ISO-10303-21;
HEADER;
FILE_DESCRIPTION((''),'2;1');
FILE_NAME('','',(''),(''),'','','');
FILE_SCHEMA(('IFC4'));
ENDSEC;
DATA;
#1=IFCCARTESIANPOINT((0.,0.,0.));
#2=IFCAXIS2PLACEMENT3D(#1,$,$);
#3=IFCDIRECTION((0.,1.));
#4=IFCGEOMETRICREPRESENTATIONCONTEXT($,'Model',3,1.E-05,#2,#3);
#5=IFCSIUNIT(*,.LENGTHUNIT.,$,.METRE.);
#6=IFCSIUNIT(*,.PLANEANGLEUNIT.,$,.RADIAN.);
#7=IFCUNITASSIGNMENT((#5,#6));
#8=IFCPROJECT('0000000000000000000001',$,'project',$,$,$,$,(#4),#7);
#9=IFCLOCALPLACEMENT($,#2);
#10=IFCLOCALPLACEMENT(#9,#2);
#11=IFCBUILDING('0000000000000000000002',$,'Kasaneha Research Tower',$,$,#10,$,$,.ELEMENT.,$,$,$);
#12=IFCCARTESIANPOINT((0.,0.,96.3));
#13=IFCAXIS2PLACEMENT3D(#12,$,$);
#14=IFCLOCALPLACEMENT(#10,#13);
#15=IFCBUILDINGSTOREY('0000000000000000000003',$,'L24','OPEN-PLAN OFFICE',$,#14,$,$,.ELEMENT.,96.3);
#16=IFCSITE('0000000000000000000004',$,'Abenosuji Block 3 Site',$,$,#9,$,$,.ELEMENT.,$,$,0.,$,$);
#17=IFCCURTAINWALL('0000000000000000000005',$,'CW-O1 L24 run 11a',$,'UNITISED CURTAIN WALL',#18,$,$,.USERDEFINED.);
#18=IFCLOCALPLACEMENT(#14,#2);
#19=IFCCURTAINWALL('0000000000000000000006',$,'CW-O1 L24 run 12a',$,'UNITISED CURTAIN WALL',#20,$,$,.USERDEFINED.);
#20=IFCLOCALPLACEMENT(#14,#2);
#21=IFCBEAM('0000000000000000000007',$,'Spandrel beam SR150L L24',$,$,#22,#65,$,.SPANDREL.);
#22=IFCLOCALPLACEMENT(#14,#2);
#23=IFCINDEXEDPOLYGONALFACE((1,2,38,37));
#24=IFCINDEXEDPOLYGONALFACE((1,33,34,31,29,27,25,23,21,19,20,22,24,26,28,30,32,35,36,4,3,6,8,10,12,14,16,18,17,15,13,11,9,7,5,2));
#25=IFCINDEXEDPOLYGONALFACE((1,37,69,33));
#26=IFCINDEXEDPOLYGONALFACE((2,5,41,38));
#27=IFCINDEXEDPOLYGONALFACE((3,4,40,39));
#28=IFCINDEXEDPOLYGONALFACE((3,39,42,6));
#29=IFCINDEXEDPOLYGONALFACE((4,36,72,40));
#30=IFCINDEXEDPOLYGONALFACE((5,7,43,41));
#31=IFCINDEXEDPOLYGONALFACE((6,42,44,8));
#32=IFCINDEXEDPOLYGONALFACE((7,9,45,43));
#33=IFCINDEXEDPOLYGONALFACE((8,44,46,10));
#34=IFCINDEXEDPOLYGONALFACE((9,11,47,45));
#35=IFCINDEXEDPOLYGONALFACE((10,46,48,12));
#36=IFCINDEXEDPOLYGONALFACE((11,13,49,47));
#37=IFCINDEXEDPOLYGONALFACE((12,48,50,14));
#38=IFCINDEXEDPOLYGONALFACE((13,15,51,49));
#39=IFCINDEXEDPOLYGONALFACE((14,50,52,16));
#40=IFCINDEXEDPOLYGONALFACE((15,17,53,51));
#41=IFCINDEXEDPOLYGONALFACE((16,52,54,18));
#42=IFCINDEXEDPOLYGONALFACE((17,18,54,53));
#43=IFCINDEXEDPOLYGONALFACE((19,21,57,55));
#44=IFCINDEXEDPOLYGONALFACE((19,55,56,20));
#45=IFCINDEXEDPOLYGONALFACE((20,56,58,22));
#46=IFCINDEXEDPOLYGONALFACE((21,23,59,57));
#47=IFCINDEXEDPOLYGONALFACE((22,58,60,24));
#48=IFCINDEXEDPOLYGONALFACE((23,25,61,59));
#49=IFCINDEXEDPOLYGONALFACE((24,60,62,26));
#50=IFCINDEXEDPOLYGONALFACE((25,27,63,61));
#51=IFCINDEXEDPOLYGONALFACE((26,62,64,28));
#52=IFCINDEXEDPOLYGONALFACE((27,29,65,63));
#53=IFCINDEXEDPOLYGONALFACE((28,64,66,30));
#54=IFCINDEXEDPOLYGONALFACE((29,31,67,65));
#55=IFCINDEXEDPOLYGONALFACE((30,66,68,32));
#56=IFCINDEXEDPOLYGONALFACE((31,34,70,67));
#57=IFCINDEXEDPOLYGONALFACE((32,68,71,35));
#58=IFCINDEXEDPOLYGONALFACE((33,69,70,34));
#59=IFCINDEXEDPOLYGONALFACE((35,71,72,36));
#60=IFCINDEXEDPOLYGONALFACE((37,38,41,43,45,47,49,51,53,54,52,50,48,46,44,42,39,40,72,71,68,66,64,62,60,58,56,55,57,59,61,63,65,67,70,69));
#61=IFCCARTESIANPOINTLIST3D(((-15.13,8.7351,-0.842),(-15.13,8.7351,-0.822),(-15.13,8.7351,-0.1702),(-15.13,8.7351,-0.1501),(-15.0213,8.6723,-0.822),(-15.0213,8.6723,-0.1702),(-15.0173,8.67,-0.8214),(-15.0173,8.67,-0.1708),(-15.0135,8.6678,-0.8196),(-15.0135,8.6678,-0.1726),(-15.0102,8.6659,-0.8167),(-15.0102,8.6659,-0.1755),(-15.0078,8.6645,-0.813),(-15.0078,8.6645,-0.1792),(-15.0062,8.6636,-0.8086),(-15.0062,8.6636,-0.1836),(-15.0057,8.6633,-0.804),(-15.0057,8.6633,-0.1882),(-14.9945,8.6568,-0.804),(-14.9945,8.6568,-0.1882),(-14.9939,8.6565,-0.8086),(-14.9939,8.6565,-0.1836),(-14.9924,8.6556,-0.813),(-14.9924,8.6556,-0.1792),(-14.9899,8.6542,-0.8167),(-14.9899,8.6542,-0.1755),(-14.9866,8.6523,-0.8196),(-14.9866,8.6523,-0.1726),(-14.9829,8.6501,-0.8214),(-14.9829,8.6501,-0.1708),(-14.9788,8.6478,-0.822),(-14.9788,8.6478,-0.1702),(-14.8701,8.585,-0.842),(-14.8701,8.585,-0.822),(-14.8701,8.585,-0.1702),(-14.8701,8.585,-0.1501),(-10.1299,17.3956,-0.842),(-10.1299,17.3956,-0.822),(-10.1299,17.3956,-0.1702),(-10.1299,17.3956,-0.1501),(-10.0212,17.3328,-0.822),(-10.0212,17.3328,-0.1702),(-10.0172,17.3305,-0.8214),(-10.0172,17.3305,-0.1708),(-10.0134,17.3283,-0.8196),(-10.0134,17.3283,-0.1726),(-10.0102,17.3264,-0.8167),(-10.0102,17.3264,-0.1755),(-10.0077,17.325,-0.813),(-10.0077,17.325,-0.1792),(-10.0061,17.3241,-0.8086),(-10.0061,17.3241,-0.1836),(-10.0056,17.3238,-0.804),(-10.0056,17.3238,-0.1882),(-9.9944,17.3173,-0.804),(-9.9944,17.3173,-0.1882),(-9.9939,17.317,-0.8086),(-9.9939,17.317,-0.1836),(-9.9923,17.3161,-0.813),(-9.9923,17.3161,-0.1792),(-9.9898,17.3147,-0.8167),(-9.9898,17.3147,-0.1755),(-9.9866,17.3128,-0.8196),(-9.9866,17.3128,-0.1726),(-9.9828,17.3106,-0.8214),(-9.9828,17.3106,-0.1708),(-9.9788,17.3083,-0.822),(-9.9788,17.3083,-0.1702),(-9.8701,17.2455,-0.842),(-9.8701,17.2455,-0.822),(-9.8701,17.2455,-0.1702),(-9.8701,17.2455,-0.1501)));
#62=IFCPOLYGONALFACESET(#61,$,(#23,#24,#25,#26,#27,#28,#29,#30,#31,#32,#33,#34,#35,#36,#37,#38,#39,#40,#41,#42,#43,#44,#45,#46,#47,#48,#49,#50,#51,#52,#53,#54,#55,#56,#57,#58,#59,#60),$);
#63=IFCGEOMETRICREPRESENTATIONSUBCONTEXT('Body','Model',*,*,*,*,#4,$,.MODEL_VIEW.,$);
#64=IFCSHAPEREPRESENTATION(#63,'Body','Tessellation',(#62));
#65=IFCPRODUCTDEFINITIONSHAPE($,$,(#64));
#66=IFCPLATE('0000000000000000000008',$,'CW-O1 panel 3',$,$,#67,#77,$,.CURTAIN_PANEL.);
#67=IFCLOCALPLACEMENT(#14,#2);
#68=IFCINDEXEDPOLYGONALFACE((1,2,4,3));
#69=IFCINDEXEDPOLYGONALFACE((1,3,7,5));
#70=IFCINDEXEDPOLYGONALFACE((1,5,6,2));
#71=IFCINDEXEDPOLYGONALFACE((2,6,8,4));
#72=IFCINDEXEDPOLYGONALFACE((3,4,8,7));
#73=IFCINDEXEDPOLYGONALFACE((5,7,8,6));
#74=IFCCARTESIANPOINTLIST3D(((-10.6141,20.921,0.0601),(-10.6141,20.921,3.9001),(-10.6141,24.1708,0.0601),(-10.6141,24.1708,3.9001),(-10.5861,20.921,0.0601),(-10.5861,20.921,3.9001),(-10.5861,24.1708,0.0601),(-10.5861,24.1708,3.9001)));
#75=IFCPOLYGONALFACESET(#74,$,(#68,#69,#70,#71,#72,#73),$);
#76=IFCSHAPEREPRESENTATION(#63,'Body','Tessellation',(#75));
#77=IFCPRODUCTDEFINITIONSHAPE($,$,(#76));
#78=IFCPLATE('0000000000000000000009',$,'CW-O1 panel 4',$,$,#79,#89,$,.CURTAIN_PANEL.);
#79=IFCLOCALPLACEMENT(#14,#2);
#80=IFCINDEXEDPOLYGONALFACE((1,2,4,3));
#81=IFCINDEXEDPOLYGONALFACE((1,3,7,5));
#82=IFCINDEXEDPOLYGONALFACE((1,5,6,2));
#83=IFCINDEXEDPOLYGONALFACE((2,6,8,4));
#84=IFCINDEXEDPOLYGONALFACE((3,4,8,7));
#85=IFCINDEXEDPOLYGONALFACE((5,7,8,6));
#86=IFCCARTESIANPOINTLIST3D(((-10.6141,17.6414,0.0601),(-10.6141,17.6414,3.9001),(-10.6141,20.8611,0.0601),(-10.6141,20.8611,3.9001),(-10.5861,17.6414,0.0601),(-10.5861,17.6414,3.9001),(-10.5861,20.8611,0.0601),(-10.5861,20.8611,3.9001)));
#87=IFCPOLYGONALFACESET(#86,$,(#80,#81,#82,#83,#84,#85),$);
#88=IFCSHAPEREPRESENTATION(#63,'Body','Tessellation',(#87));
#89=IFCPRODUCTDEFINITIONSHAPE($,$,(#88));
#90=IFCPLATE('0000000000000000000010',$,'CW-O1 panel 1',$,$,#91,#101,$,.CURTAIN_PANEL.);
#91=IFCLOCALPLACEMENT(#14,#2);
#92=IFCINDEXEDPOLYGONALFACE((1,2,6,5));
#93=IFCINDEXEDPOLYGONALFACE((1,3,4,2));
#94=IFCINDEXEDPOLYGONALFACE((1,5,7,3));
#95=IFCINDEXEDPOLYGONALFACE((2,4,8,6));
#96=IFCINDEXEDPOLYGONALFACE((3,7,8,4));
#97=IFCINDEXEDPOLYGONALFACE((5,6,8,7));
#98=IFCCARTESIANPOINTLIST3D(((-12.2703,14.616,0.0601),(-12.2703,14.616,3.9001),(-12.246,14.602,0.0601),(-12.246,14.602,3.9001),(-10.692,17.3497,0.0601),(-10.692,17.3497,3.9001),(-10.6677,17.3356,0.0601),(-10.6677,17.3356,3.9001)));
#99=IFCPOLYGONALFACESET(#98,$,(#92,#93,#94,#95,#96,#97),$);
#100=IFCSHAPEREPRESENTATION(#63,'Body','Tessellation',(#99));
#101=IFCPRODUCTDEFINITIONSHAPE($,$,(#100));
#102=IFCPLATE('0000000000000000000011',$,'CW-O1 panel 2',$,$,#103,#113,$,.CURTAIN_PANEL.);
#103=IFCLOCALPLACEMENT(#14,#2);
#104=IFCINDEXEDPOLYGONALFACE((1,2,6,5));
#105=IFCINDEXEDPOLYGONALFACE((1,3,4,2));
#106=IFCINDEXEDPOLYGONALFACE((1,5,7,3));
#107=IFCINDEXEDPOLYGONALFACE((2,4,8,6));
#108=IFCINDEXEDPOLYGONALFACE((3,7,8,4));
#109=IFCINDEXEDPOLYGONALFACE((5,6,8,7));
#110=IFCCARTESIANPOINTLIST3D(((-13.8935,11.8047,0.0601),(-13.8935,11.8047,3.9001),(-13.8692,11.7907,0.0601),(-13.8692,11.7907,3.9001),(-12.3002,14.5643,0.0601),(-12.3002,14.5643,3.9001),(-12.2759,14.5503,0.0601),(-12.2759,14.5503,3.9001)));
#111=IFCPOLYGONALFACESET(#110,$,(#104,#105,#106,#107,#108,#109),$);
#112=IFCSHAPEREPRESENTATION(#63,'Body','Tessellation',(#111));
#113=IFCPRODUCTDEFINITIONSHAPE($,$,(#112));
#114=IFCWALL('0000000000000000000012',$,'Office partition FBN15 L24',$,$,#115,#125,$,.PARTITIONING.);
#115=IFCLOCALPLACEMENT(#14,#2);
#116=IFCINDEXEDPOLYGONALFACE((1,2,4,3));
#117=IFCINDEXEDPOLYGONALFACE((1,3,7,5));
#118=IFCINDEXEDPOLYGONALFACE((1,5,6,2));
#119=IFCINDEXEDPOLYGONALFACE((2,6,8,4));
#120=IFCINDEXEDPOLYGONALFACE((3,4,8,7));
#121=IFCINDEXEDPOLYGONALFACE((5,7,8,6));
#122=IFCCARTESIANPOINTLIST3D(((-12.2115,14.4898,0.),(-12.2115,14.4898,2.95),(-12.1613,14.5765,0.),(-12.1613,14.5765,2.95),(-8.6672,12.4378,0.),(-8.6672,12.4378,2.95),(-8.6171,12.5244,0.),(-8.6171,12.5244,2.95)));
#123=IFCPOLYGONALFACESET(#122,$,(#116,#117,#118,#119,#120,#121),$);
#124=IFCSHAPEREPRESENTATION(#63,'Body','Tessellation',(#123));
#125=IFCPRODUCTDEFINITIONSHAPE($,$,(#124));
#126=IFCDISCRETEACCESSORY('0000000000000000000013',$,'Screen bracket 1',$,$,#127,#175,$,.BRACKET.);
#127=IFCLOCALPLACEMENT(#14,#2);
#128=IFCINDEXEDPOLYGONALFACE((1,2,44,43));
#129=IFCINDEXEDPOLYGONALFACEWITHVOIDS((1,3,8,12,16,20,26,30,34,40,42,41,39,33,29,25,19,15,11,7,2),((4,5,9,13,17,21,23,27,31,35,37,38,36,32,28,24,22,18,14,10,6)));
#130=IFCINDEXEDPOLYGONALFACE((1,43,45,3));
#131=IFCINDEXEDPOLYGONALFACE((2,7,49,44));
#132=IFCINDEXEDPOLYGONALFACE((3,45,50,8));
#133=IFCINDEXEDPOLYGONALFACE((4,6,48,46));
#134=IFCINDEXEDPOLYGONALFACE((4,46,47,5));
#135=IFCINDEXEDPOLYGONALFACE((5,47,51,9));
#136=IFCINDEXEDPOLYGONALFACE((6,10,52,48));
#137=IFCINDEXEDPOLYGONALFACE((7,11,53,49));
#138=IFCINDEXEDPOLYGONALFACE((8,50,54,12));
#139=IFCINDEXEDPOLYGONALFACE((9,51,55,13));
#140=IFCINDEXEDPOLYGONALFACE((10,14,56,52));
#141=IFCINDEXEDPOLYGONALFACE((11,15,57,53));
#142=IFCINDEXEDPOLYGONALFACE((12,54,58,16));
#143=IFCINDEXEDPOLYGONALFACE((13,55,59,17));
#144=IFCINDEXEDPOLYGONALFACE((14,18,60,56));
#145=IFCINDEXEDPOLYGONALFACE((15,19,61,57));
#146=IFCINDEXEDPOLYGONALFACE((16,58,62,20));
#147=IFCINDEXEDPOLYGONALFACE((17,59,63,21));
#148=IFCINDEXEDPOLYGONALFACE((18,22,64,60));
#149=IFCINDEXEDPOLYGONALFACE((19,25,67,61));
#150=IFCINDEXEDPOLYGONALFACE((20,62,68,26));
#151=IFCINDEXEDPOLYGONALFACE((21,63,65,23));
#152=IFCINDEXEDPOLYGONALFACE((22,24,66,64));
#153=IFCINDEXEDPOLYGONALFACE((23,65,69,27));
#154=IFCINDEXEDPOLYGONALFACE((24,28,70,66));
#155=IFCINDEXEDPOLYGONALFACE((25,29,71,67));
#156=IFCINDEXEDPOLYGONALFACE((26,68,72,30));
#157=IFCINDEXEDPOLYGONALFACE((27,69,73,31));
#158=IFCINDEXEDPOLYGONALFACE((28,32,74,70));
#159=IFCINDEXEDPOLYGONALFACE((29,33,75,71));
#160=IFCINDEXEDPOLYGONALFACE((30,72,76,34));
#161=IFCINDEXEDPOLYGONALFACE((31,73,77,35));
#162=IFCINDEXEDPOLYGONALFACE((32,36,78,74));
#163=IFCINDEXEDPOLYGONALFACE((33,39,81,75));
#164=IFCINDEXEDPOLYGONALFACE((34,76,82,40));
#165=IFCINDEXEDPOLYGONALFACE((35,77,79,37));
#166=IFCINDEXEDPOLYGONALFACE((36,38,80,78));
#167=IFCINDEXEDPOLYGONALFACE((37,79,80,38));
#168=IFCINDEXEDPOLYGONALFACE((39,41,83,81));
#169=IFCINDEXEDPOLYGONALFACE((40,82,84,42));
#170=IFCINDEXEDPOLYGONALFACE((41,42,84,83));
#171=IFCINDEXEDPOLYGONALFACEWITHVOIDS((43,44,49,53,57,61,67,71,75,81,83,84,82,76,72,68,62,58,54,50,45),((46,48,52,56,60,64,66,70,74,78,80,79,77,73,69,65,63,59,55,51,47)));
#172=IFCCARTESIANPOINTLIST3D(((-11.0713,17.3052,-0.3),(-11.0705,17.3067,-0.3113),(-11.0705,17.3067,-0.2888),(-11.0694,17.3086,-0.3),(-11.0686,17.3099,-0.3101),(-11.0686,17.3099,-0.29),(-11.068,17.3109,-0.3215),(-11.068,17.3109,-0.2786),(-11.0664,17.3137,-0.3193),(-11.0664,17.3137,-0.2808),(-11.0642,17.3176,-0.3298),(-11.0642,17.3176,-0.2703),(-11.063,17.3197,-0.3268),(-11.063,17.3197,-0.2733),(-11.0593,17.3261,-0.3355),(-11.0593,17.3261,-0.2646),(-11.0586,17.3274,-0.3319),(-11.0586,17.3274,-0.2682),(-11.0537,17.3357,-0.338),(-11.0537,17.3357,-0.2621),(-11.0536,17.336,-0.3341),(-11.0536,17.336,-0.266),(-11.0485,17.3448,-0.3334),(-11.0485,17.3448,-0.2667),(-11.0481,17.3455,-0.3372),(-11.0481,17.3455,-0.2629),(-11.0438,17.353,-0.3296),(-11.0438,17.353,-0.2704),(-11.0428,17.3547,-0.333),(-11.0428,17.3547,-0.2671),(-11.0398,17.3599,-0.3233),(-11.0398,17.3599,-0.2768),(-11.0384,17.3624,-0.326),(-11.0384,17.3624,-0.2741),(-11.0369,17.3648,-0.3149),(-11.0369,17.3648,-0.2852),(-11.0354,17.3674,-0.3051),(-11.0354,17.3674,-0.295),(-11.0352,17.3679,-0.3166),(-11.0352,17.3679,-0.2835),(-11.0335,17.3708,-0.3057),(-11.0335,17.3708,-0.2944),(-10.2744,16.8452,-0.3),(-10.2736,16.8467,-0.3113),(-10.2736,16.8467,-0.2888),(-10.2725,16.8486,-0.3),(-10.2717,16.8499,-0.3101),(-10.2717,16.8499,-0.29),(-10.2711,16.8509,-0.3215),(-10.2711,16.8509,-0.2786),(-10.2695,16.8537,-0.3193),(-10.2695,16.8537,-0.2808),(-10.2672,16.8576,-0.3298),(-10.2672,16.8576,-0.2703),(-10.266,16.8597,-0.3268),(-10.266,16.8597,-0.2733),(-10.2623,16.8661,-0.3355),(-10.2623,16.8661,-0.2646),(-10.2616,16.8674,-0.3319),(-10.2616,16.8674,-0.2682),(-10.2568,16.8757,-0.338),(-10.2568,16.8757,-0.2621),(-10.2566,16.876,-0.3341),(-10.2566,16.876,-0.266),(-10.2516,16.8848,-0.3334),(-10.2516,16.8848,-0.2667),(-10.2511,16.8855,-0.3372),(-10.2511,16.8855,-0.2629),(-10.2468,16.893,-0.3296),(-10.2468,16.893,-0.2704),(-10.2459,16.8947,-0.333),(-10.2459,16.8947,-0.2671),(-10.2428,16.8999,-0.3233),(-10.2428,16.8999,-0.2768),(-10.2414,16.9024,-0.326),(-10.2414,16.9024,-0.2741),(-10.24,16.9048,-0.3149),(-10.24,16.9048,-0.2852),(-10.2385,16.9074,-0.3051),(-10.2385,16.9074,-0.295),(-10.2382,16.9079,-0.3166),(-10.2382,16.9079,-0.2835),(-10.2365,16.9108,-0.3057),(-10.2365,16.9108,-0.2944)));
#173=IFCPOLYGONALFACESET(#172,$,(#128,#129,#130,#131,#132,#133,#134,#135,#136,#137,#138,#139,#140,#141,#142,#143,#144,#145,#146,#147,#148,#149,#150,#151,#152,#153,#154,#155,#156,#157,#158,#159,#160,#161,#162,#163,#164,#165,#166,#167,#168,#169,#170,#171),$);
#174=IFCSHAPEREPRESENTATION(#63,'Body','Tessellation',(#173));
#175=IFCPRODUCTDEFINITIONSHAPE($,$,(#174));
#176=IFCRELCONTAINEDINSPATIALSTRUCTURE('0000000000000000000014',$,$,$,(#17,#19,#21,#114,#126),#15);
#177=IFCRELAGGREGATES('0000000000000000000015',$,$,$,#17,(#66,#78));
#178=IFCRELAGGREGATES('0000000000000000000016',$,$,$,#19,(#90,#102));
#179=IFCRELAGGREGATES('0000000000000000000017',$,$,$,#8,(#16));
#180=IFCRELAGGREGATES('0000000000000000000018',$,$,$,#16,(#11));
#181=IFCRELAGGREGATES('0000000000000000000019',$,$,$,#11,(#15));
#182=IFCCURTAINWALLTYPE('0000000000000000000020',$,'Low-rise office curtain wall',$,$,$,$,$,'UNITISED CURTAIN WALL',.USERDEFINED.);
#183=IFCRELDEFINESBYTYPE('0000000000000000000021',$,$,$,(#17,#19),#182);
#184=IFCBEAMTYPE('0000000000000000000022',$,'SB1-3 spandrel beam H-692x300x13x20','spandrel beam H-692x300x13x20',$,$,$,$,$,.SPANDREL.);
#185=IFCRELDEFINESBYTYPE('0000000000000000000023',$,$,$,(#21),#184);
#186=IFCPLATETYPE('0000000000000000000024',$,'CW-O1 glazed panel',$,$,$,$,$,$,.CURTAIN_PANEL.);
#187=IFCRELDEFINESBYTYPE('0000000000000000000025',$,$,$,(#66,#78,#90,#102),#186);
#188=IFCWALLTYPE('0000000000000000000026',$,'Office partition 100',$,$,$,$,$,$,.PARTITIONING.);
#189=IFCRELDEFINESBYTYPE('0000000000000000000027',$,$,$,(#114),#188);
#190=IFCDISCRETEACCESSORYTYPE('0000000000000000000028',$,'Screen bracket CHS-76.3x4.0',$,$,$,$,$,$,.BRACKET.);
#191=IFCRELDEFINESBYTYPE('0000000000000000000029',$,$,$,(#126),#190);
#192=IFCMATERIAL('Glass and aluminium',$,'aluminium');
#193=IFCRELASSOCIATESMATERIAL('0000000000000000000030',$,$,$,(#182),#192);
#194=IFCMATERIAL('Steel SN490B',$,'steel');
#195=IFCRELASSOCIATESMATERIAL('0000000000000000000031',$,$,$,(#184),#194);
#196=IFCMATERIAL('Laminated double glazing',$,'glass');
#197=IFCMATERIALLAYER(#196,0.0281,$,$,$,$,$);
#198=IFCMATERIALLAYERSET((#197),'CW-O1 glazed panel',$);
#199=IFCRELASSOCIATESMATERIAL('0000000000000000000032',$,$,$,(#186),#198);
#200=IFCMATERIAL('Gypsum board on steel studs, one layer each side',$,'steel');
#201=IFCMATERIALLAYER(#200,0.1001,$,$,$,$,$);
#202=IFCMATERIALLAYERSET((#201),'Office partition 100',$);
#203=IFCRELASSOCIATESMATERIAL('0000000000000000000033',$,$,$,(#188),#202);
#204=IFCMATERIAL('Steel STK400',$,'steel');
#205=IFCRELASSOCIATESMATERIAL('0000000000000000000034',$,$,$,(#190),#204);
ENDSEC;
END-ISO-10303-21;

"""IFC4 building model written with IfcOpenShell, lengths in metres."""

from ifc_helpers import new_model, si_unit, direction, frame, frame_2d, origin, origin_2d, place, context, subcontext, project, spatial, rectangle, hollow_circle, i_section, extrude, material, layer, layer_set, material_profile, profile_set, type_object, element, aggregate, save


model = new_model("IFC4")

# Units and contexts
model_context = context("Model", 3, precision=1e-05, world=origin(), true_north=direction((0.0, 1.0)))
body_context = subcontext(model_context, "Body", "Model", "MODEL_VIEW")
ifc_project = project(units=[si_unit("LENGTHUNIT", "METRE"), si_unit("PLANEANGLEUNIT", "RADIAN")], contexts=[model_context])

# Site, building, storey
site_placement = place(None, origin())
site = spatial("IfcSite", under=ifc_project, at=site_placement, Name="Abenosuji Block 3 Site", CompositionType="ELEMENT", RefElevation=0.0)
building_placement = place(site_placement, origin())
building = spatial("IfcBuilding", under=site, at=building_placement, Name="Kasaneha Research Tower", CompositionType="ELEMENT")
storey_placement = place(building_placement, frame((0.0, 0.0, 96.3)))
storey = spatial("IfcBuildingStorey", under=building, at=storey_placement, Name="L24", Description="OPEN-PLAN OFFICE", CompositionType="ELEMENT", Elevation=96.3)

# Curtain walls
ifc_material_1 = material(Name="Glass and aluminium", Category="aluminium")
curtain_wall_type = type_object("IfcCurtainWallType", Name="Low-rise office curtain wall", ElementType="UNITISED CURTAIN WALL", PredefinedType="USERDEFINED", material=ifc_material_1)
curtain_wall_1_placement = place(storey_placement, origin())
curtain_wall_1 = element("IfcCurtainWall", 1, at=curtain_wall_1_placement, inside=storey, type_object=curtain_wall_type, Name="CW-O1 L24 run 11a", ObjectType="UNITISED CURTAIN WALL", PredefinedType="USERDEFINED")
curtain_wall_2_placement = place(storey_placement, origin())
curtain_wall_2 = element("IfcCurtainWall", 2, at=curtain_wall_2_placement, inside=storey, type_object=curtain_wall_type, Name="CW-O1 L24 run 12a", ObjectType="UNITISED CURTAIN WALL", PredefinedType="USERDEFINED")

# Beam
ifc_material_2 = material(Name="Steel SN490B", Category="steel")
ifc_material_profile_1 = material_profile(ifc_material_2, i_section(OverallWidth=0.3, OverallDepth=0.6919, WebThickness=0.0129, FlangeThickness=0.02, FilletRadius=0.0181, at=origin_2d()), Name="H-692x300x13x20")
ifc_profile_set_1 = profile_set([ifc_material_profile_1], Name="Steel SN490B")
beam_type_1 = type_object("IfcBeamType", Name="SB1-3 spandrel beam H-692x300x13x20", Description="spandrel beam H-692x300x13x20", PredefinedType="SPANDREL", material=ifc_profile_set_1)
beam_1_placement = place(storey_placement, frame((-10.0, 17.3206, -0.4961), z_axis=(-0.499994, -0.866029, 0.0), x_axis=(0.866029, -0.499994, 0.0)))
element("IfcBeam", 3, at=beam_1_placement, inside=storey, type_object=beam_type_1, Name="Spandrel beam SR150L L24", PredefinedType="SPANDREL", context=body_context, shape_type="SweptSolid", body=[
    extrude(i_section(OverallWidth=0.3, OverallDepth=0.6919, WebThickness=0.0129, FlangeThickness=0.02, FilletRadius=0.0181, at=origin_2d()), origin(), (0.0, 0.0, 1.0), 10.0002),
])

# Plates
ifc_material_3 = material(Name="Laminated double glazing", Category="glass")
ifc_layer_1 = layer(ifc_material_3, 0.0281)
ifc_layer_set_1 = layer_set([ifc_layer_1], Name="CW-O1 glazed panel")
plate_type = type_object("IfcPlateType", Name="CW-O1 glazed panel", PredefinedType="CURTAIN_PANEL", material=ifc_layer_set_1)
plate_1_placement = place(storey_placement, frame((-10.6001, 22.5459, 0.0601), z_axis=(0.0, 0.0, 1.0), x_axis=(0.0, -1.0, 0.0)))
plate_1 = element("IfcPlate", 4, at=plate_1_placement, type_object=plate_type, Name="CW-O1 panel 3", PredefinedType="CURTAIN_PANEL", context=body_context, shape_type="SweptSolid", body=[
    extrude(rectangle(XDim=3.2498, YDim=0.0281, at=origin_2d()), origin(), (0.0, 0.0, 1.0), 3.8401),
])
plate_2_placement = place(storey_placement, frame((-10.6001, 19.2512, 0.0601), z_axis=(0.0, 0.0, 1.0), x_axis=(0.0, -1.0, 0.0)))
plate_2 = element("IfcPlate", 5, at=plate_2_placement, type_object=plate_type, Name="CW-O1 panel 4", PredefinedType="CURTAIN_PANEL", context=body_context, shape_type="SweptSolid", body=[
    extrude(rectangle(XDim=3.2197, YDim=0.0281, at=origin_2d()), origin(), (0.0, 0.0, 1.0), 3.8401),
])
aggregate(curtain_wall_1, [plate_1, plate_2])
plate_3_placement = place(storey_placement, frame((-11.469, 15.9758, 0.0601), z_axis=(0.0, 0.0, 1.0), x_axis=(-0.5, -0.866025, 0.0)))
plate_3 = element("IfcPlate", 6, at=plate_3_placement, type_object=plate_type, Name="CW-O1 panel 1", PredefinedType="CURTAIN_PANEL", context=body_context, shape_type="SweptSolid", body=[
    extrude(rectangle(XDim=3.1565, YDim=0.0281, at=origin_2d()), origin(), (0.0, 0.0, 1.0), 3.8401),
])
plate_4_placement = place(storey_placement, frame((-13.0847, 13.1775, 0.0601), z_axis=(0.0, 0.0, 1.0), x_axis=(-0.5, -0.866025, 0.0)))
plate_4 = element("IfcPlate", 7, at=plate_4_placement, type_object=plate_type, Name="CW-O1 panel 2", PredefinedType="CURTAIN_PANEL", context=body_context, shape_type="SweptSolid", body=[
    extrude(rectangle(XDim=3.1865, YDim=0.0281, at=origin_2d()), origin(), (0.0, 0.0, 1.0), 3.8401),
])
aggregate(curtain_wall_2, [plate_3, plate_4])

# Wall
ifc_material_4 = material(Name="Gypsum board on steel studs, one layer each side", Category="steel")
ifc_layer_2 = layer(ifc_material_4, 0.1001)
ifc_layer_set_2 = layer_set([ifc_layer_2], Name="Office partition 100")
wall_type = type_object("IfcWallType", Name="Office partition 100", PredefinedType="PARTITIONING", material=ifc_layer_set_2)
wall_placement = place(storey_placement, frame((-12.1865, 14.5332, 0.0), z_axis=(0.0, 0.0, 1.0), x_axis=(0.865415, -0.501055, 0.0)))
element("IfcWall", 8, at=wall_placement, inside=storey, type_object=wall_type, Name="Office partition FBN15 L24", PredefinedType="PARTITIONING", context=body_context, shape_type="SweptSolid", body=[
    extrude(rectangle(XDim=4.0955, YDim=0.1001, at=frame_2d((2.0479, 0.0))), origin(), (0.0, 0.0, 1.0), 2.95),
])

# Discrete accessory
ifc_material_5 = material(Name="Steel STK400", Category="steel")
ifc_material_profile_2 = material_profile(ifc_material_5, hollow_circle(Radius=0.0381, WallThickness=0.0039, at=origin_2d()), Name="CHS-76.3x4.0")
ifc_profile_set_2 = profile_set([ifc_material_profile_2], Name="Steel STK400")
discrete_accessory_type = type_object("IfcDiscreteAccessoryType", Name="Screen bracket CHS-76.3x4.0", PredefinedType="BRACKET", material=ifc_profile_set_2)
discrete_accessory_1_placement = place(storey_placement, frame((-10.2554, 16.8782, -0.3), z_axis=(-0.86608, 0.499906, 0.0), x_axis=(-0.499906, -0.86608, 0.0)))
element("IfcDiscreteAccessory", 9, at=discrete_accessory_1_placement, inside=storey, type_object=discrete_accessory_type, Name="Screen bracket 1", PredefinedType="BRACKET", context=body_context, shape_type="SweptSolid", body=[
    extrude(hollow_circle(Radius=0.0381, WallThickness=0.0039, at=origin_2d()), origin(), (0.0, 0.0, 1.0), 0.9202),
])

save(model, "model.ifc")
